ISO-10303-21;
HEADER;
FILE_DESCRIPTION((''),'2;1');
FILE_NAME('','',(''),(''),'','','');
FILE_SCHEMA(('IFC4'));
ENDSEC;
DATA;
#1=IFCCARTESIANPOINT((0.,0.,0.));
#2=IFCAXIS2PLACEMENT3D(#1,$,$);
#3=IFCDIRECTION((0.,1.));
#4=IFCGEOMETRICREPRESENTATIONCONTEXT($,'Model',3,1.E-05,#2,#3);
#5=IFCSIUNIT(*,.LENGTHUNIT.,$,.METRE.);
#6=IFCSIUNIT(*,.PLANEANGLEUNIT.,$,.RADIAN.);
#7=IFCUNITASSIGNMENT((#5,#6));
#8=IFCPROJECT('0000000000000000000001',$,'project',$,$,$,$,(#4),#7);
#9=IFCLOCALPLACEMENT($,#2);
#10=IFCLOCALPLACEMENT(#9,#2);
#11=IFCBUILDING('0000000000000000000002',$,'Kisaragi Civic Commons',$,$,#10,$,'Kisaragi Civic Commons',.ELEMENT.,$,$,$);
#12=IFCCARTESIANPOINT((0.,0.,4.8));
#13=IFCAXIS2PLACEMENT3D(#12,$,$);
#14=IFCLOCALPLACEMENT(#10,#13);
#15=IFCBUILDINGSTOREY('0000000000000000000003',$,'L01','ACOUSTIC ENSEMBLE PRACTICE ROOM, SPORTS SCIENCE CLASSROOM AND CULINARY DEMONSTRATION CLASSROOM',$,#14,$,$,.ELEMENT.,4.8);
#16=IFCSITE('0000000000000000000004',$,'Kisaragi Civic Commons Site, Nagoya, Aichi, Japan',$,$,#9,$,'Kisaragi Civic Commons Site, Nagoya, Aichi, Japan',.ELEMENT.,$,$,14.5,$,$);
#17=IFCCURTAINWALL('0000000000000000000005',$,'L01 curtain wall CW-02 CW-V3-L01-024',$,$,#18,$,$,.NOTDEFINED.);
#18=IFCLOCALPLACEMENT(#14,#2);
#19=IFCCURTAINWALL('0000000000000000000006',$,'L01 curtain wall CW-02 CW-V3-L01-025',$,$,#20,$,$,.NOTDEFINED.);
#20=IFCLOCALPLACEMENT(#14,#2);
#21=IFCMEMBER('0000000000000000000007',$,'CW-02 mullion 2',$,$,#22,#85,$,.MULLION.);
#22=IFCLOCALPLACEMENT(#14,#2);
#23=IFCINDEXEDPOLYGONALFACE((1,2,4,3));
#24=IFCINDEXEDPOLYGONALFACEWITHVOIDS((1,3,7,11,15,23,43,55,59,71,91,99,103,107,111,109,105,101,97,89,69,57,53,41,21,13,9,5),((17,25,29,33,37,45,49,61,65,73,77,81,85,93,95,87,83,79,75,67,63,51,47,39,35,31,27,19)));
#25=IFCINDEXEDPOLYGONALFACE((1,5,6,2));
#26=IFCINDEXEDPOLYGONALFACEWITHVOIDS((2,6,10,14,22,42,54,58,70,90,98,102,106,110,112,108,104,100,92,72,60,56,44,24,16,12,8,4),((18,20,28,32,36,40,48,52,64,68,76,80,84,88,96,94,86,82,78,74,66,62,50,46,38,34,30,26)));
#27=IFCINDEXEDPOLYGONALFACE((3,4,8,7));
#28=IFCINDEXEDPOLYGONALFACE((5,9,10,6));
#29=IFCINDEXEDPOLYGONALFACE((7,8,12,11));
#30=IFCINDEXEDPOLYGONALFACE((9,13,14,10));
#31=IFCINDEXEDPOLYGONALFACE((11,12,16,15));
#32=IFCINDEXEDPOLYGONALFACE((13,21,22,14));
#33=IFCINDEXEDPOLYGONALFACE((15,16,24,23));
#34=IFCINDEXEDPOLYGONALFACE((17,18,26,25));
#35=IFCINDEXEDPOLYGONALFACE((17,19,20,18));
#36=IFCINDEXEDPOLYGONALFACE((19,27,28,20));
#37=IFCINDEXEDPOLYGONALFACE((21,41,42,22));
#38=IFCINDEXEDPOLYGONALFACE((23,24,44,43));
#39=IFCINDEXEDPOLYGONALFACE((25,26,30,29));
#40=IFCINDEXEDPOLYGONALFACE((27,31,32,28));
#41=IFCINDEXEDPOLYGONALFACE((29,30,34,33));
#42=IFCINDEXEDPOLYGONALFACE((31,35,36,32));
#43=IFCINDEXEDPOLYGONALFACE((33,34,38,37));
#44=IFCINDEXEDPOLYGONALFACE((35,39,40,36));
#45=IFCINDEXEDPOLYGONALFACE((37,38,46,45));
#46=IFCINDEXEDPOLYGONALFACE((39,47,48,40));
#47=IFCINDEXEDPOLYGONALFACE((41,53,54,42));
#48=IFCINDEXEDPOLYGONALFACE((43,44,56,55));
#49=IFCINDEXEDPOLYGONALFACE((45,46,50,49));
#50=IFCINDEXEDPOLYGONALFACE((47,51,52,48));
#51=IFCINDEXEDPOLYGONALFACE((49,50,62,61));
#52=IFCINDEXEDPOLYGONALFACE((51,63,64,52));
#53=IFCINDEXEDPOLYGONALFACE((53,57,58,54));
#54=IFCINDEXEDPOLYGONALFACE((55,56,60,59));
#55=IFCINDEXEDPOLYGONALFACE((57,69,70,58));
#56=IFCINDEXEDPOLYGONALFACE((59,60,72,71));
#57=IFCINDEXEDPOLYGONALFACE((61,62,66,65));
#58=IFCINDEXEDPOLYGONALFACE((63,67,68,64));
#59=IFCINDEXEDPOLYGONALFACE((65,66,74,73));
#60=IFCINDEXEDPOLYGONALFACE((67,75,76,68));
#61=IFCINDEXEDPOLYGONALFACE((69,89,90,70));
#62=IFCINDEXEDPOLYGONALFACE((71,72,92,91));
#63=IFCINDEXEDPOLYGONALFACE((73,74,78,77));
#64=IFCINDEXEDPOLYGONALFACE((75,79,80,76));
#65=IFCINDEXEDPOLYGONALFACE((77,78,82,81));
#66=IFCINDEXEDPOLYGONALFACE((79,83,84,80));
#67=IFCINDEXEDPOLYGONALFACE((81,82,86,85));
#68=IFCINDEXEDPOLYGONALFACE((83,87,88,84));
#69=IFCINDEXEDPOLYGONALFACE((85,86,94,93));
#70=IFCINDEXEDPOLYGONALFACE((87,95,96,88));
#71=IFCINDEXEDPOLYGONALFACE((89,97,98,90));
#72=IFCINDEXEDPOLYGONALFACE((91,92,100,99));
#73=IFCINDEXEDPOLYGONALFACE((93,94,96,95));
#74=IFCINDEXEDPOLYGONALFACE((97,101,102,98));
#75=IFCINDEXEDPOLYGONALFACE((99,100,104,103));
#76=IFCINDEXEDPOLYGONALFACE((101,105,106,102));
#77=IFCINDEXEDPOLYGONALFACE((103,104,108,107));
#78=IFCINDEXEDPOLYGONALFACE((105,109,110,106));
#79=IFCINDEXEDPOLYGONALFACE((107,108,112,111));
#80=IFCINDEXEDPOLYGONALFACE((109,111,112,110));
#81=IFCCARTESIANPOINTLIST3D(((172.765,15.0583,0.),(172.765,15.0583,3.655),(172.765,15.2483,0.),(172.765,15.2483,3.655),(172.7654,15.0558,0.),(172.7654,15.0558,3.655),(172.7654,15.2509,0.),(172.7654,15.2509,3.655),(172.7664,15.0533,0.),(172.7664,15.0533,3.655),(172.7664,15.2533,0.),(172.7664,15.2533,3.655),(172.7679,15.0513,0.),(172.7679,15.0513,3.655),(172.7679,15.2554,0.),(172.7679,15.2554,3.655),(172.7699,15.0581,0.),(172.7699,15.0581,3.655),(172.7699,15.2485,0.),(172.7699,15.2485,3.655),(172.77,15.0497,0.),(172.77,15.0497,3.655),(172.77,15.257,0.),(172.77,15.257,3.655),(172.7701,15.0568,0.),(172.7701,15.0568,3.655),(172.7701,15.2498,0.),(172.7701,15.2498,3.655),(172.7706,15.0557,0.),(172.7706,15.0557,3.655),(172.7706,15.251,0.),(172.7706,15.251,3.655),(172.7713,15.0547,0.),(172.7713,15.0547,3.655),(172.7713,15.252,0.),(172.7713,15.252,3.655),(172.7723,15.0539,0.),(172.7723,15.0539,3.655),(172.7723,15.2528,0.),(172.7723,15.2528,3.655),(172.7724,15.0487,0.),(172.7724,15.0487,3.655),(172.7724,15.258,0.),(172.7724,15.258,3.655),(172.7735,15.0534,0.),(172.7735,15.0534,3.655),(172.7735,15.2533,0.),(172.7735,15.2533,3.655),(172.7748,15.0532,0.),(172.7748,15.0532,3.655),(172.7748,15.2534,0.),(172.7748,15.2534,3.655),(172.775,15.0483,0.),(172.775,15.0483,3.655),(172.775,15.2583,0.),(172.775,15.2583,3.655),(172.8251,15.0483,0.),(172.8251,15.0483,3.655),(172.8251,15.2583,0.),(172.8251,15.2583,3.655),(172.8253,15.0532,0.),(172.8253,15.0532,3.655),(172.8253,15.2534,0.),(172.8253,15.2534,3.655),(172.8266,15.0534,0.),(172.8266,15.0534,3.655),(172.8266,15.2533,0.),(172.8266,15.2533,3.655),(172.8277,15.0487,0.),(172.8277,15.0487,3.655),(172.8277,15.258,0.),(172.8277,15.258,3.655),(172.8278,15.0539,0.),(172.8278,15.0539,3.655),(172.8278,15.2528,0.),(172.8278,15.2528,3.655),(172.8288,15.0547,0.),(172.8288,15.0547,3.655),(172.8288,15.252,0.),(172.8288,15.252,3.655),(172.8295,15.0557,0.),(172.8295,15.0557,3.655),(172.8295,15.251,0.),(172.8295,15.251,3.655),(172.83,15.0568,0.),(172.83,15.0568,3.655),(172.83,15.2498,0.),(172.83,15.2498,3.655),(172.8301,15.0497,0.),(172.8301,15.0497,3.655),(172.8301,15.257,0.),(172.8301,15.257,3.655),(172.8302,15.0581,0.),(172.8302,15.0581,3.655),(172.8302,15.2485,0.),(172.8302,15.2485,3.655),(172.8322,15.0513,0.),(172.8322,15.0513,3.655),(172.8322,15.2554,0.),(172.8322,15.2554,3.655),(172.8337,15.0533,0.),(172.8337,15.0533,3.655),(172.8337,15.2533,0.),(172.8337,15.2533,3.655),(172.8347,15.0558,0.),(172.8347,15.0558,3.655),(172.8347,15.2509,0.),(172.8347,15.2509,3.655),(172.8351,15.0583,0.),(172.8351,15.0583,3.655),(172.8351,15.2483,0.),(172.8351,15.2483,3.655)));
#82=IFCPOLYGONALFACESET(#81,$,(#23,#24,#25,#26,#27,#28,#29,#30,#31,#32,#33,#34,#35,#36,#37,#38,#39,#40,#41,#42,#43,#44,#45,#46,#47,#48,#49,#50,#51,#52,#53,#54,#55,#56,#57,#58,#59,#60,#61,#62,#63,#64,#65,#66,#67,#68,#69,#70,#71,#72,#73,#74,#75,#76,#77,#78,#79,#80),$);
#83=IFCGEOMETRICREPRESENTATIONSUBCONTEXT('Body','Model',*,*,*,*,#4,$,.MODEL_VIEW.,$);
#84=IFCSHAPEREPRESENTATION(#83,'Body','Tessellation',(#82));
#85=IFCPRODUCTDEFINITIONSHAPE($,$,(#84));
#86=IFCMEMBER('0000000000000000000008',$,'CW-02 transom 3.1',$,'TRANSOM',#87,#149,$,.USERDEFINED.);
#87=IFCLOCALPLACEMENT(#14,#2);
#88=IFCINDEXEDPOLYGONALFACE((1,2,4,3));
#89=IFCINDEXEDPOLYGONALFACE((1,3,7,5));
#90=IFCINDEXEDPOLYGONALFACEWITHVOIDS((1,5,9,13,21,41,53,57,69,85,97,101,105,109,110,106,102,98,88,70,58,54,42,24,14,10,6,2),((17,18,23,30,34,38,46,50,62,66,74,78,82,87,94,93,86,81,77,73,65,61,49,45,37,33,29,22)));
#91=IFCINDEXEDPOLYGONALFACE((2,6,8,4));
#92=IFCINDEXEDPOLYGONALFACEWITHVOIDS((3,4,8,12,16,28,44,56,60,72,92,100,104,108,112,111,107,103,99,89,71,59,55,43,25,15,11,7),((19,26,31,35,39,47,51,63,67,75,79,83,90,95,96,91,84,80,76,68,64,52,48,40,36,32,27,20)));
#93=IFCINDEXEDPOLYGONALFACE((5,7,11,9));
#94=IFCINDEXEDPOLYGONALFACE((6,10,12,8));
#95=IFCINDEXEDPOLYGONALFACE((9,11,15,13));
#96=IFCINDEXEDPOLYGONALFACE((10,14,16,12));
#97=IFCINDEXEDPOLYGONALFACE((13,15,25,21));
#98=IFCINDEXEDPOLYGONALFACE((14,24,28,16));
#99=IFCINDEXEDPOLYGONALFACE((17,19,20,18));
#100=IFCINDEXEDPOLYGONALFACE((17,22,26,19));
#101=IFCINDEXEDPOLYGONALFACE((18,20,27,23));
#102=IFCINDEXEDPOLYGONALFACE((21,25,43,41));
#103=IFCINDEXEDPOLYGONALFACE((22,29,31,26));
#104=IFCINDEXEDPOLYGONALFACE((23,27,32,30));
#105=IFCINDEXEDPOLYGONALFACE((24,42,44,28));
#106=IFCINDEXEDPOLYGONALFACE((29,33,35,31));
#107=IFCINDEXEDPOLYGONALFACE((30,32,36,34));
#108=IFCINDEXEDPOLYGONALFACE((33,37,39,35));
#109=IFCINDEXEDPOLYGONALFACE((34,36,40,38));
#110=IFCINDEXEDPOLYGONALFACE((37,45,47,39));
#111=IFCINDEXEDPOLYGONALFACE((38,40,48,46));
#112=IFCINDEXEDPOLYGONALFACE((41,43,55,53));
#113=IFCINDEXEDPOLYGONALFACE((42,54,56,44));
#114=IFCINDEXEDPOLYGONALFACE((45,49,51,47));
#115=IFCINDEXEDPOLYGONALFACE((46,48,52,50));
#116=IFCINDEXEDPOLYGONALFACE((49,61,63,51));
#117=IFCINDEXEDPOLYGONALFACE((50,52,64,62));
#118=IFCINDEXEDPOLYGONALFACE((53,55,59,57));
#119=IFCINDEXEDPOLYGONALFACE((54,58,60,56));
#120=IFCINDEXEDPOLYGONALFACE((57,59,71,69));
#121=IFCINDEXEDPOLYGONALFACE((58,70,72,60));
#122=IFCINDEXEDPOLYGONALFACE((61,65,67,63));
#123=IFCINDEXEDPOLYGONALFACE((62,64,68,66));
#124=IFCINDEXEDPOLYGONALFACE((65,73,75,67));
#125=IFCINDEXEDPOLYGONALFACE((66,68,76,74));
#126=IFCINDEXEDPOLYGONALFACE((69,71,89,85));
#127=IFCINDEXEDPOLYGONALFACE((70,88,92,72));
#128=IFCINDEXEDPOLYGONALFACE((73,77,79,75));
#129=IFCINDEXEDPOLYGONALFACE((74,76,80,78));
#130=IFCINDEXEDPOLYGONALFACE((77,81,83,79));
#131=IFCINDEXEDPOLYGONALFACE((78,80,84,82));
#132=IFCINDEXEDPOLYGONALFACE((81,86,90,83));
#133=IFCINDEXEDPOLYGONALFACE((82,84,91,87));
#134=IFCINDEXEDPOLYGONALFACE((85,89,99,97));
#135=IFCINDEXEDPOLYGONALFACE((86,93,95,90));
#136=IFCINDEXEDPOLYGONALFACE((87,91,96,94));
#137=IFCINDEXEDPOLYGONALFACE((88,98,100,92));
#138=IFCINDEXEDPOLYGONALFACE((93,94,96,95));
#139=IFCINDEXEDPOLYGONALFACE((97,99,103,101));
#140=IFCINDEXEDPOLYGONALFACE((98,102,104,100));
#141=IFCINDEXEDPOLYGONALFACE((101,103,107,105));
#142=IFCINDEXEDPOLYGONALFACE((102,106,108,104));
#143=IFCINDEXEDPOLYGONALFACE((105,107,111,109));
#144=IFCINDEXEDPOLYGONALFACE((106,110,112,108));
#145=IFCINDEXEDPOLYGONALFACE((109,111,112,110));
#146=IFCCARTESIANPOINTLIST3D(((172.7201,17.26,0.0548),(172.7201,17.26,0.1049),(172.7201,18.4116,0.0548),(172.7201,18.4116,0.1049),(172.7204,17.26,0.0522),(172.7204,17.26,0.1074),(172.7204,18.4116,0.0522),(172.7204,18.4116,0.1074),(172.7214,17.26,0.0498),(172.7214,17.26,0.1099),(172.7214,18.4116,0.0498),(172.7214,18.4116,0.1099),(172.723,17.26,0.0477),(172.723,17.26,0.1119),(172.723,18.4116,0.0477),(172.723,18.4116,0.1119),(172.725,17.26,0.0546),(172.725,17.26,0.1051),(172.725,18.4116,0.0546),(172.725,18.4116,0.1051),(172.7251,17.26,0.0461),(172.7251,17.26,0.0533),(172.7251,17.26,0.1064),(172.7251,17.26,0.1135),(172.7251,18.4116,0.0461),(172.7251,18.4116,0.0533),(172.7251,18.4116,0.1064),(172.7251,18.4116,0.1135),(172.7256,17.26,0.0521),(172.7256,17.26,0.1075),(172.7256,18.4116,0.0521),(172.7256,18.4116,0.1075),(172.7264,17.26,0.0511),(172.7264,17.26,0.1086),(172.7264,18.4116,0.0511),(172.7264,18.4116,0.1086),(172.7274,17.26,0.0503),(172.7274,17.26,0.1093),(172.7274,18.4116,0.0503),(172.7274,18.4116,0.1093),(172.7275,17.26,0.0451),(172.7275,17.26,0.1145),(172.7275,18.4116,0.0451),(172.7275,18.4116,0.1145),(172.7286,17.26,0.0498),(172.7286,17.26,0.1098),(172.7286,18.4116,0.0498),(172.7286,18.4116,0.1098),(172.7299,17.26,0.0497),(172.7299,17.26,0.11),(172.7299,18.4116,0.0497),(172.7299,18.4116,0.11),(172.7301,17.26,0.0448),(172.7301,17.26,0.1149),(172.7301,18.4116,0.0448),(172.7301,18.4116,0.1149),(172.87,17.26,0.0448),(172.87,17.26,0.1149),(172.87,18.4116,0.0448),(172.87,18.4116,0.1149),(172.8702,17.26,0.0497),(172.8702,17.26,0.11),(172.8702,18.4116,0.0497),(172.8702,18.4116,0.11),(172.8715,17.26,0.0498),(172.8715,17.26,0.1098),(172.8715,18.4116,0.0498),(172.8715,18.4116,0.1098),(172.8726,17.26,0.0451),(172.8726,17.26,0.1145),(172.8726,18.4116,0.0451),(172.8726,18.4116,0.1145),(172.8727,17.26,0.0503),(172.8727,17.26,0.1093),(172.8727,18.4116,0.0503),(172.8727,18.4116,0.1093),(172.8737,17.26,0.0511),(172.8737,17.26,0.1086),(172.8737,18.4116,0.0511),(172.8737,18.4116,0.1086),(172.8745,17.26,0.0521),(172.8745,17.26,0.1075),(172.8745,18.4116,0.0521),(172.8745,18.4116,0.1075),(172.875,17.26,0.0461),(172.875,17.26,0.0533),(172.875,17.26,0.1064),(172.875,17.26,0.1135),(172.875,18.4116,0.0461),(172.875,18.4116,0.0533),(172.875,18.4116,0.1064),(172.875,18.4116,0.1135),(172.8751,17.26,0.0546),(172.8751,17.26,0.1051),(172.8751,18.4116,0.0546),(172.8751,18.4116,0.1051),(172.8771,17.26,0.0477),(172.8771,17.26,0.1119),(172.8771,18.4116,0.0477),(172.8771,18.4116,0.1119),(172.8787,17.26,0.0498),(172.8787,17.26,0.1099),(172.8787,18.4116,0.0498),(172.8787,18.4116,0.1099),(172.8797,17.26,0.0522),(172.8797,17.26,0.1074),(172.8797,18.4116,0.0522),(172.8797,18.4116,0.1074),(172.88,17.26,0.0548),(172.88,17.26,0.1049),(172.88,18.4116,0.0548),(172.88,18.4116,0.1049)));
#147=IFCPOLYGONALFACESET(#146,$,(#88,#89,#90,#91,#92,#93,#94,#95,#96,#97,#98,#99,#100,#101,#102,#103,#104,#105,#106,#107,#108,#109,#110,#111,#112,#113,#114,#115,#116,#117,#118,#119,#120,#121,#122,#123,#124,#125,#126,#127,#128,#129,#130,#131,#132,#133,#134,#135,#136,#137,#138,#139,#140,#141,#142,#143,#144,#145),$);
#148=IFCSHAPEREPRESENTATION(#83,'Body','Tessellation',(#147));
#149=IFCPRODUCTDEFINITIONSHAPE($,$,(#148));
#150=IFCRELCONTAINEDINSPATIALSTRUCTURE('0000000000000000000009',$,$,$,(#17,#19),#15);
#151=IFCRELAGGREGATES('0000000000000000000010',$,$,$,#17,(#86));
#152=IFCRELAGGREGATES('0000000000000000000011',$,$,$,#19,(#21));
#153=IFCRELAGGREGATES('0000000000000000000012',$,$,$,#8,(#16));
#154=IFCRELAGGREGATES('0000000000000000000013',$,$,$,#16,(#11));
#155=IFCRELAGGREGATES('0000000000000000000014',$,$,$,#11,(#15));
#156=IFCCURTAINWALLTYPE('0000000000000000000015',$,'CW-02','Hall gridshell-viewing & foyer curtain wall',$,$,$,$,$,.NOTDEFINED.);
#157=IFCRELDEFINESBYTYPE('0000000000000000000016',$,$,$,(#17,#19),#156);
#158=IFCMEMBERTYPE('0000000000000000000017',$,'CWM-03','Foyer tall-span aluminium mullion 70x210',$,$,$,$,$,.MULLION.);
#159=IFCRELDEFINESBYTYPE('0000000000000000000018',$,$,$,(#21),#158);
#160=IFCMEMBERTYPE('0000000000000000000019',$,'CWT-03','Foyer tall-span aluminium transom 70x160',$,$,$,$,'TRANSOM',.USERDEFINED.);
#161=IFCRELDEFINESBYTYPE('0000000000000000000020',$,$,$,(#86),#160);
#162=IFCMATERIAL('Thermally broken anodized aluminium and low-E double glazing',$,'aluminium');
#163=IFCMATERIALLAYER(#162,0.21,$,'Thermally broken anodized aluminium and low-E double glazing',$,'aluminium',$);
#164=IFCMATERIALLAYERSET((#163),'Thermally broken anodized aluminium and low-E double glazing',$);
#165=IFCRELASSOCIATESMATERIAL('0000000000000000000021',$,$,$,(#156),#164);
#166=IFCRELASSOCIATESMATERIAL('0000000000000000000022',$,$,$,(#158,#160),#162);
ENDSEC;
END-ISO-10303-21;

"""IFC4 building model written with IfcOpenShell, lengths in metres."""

from ifc_helpers import new_model, si_unit, direction, frame, origin, origin_2d, place, context, subcontext, project, spatial, hollow_rectangle, extrude, material, layer, layer_set, material_profile, profile_set, type_object, element, aggregate, save


model = new_model("IFC4")

# Units and contexts
model_context = context("Model", 3, precision=1e-05, world=origin(), true_north=direction((0.0, 1.0)))
body_context = subcontext(model_context, "Body", "Model", "MODEL_VIEW")
ifc_project = project(units=[si_unit("LENGTHUNIT", "METRE"), si_unit("PLANEANGLEUNIT", "RADIAN")], contexts=[model_context])

# Site, building, storey
site_placement = place(None, origin())
site = spatial("IfcSite", under=ifc_project, at=site_placement, Name="Kisaragi Civic Commons Site, Nagoya, Aichi, Japan", LongName="Kisaragi Civic Commons Site, Nagoya, Aichi, Japan", CompositionType="ELEMENT", RefElevation=14.5)
building_placement = place(site_placement, origin())
building = spatial("IfcBuilding", under=site, at=building_placement, Name="Kisaragi Civic Commons", LongName="Kisaragi Civic Commons", CompositionType="ELEMENT")
storey_placement = place(building_placement, frame((0.0, 0.0, 4.8)))
storey = spatial("IfcBuildingStorey", under=building, at=storey_placement, Name="L01", Description="ACOUSTIC ENSEMBLE PRACTICE ROOM, SPORTS SCIENCE CLASSROOM AND CULINARY DEMONSTRATION CLASSROOM", CompositionType="ELEMENT", Elevation=4.8)

# Curtain wall
ifc_material_1 = material(Name="Thermally broken anodized aluminium and low-E double glazing", Category="aluminium")
ifc_layer_1 = layer(ifc_material_1, 0.21, Name="Thermally broken anodized aluminium and low-E double glazing", Category="aluminium")
ifc_layer_set_1 = layer_set([ifc_layer_1], Name="Thermally broken anodized aluminium and low-E double glazing")
curtain_wall_type = type_object("IfcCurtainWallType", Name="CW-02", Description="Hall gridshell-viewing & foyer curtain wall", PredefinedType="NOTDEFINED", material=ifc_layer_set_1)
curtain_wall_1_placement = place(storey_placement, origin())
curtain_wall_1 = element("IfcCurtainWall", 1, at=curtain_wall_1_placement, inside=storey, type_object=curtain_wall_type, Name="L01 curtain wall CW-02 CW-V3-L01-024", PredefinedType="NOTDEFINED")
ifc_material_profile_1 = material_profile(ifc_material_1, hollow_rectangle(XDim=0.0701, YDim=0.21, WallThickness=0.0049, InnerFilletRadius=0.0049, OuterFilletRadius=0.01, at=origin_2d()), Name="CWM-70x210x5", Category="aluminium")
ifc_profile_set_1 = profile_set([ifc_material_profile_1], Name="Thermally broken anodized aluminium and low-E double glazing")
member_type_1 = type_object("IfcMemberType", Name="CWM-03", Description="Foyer tall-span aluminium mullion 70x210", PredefinedType="MULLION", material=ifc_profile_set_1)

# Curtain wall, member
curtain_wall_2_placement = place(storey_placement, origin())
curtain_wall_2 = element("IfcCurtainWall", 2, at=curtain_wall_2_placement, inside=storey, type_object=curtain_wall_type, Name="L01 curtain wall CW-02 CW-V3-L01-025", PredefinedType="NOTDEFINED")
member_1_placement = place(storey_placement, frame((172.8, 15.1533, 0.0), z_axis=(0.0, 0.0, 1.0), x_axis=(1.0, 0.0, 0.0)))
member_1 = element("IfcMember", 3, at=member_1_placement, type_object=member_type_1, Name="CW-02 mullion 2", PredefinedType="MULLION", context=body_context, shape_type="SweptSolid", body=[
    extrude(hollow_rectangle(XDim=0.0701, YDim=0.21, WallThickness=0.0049, InnerFilletRadius=0.0049, OuterFilletRadius=0.01, at=origin_2d()), origin(), (0.0, 0.0, 1.0), 3.655),
])

# Member
ifc_material_profile_2 = material_profile(ifc_material_1, hollow_rectangle(XDim=0.1599, YDim=0.0701, WallThickness=0.0049, InnerFilletRadius=0.0049, OuterFilletRadius=0.01, at=origin_2d()), Name="CWT-70x160x5", Category="aluminium")
ifc_profile_set_2 = profile_set([ifc_material_profile_2], Name="Thermally broken anodized aluminium and low-E double glazing")
member_type_2 = type_object("IfcMemberType", Name="CWT-03", Description="Foyer tall-span aluminium transom 70x160", ElementType="TRANSOM", PredefinedType="USERDEFINED", material=ifc_profile_set_2)
member_2_placement = place(storey_placement, frame((172.8, 18.4116, 0.0798), z_axis=(0.0, -1.0, 0.0), x_axis=(1.0, 0.0, 0.0)))
member_2 = element("IfcMember", 4, at=member_2_placement, type_object=member_type_2, Name="CW-02 transom 3.1", ObjectType="TRANSOM", PredefinedType="USERDEFINED", context=body_context, shape_type="SweptSolid", body=[
    extrude(hollow_rectangle(XDim=0.1599, YDim=0.0701, WallThickness=0.0049, InnerFilletRadius=0.0049, OuterFilletRadius=0.01, at=origin_2d()), origin(), (0.0, 0.0, 1.0), 1.1516),
])

aggregate(curtain_wall_1, [member_2])
aggregate(curtain_wall_2, [member_1])

save(model, "model.ifc")
